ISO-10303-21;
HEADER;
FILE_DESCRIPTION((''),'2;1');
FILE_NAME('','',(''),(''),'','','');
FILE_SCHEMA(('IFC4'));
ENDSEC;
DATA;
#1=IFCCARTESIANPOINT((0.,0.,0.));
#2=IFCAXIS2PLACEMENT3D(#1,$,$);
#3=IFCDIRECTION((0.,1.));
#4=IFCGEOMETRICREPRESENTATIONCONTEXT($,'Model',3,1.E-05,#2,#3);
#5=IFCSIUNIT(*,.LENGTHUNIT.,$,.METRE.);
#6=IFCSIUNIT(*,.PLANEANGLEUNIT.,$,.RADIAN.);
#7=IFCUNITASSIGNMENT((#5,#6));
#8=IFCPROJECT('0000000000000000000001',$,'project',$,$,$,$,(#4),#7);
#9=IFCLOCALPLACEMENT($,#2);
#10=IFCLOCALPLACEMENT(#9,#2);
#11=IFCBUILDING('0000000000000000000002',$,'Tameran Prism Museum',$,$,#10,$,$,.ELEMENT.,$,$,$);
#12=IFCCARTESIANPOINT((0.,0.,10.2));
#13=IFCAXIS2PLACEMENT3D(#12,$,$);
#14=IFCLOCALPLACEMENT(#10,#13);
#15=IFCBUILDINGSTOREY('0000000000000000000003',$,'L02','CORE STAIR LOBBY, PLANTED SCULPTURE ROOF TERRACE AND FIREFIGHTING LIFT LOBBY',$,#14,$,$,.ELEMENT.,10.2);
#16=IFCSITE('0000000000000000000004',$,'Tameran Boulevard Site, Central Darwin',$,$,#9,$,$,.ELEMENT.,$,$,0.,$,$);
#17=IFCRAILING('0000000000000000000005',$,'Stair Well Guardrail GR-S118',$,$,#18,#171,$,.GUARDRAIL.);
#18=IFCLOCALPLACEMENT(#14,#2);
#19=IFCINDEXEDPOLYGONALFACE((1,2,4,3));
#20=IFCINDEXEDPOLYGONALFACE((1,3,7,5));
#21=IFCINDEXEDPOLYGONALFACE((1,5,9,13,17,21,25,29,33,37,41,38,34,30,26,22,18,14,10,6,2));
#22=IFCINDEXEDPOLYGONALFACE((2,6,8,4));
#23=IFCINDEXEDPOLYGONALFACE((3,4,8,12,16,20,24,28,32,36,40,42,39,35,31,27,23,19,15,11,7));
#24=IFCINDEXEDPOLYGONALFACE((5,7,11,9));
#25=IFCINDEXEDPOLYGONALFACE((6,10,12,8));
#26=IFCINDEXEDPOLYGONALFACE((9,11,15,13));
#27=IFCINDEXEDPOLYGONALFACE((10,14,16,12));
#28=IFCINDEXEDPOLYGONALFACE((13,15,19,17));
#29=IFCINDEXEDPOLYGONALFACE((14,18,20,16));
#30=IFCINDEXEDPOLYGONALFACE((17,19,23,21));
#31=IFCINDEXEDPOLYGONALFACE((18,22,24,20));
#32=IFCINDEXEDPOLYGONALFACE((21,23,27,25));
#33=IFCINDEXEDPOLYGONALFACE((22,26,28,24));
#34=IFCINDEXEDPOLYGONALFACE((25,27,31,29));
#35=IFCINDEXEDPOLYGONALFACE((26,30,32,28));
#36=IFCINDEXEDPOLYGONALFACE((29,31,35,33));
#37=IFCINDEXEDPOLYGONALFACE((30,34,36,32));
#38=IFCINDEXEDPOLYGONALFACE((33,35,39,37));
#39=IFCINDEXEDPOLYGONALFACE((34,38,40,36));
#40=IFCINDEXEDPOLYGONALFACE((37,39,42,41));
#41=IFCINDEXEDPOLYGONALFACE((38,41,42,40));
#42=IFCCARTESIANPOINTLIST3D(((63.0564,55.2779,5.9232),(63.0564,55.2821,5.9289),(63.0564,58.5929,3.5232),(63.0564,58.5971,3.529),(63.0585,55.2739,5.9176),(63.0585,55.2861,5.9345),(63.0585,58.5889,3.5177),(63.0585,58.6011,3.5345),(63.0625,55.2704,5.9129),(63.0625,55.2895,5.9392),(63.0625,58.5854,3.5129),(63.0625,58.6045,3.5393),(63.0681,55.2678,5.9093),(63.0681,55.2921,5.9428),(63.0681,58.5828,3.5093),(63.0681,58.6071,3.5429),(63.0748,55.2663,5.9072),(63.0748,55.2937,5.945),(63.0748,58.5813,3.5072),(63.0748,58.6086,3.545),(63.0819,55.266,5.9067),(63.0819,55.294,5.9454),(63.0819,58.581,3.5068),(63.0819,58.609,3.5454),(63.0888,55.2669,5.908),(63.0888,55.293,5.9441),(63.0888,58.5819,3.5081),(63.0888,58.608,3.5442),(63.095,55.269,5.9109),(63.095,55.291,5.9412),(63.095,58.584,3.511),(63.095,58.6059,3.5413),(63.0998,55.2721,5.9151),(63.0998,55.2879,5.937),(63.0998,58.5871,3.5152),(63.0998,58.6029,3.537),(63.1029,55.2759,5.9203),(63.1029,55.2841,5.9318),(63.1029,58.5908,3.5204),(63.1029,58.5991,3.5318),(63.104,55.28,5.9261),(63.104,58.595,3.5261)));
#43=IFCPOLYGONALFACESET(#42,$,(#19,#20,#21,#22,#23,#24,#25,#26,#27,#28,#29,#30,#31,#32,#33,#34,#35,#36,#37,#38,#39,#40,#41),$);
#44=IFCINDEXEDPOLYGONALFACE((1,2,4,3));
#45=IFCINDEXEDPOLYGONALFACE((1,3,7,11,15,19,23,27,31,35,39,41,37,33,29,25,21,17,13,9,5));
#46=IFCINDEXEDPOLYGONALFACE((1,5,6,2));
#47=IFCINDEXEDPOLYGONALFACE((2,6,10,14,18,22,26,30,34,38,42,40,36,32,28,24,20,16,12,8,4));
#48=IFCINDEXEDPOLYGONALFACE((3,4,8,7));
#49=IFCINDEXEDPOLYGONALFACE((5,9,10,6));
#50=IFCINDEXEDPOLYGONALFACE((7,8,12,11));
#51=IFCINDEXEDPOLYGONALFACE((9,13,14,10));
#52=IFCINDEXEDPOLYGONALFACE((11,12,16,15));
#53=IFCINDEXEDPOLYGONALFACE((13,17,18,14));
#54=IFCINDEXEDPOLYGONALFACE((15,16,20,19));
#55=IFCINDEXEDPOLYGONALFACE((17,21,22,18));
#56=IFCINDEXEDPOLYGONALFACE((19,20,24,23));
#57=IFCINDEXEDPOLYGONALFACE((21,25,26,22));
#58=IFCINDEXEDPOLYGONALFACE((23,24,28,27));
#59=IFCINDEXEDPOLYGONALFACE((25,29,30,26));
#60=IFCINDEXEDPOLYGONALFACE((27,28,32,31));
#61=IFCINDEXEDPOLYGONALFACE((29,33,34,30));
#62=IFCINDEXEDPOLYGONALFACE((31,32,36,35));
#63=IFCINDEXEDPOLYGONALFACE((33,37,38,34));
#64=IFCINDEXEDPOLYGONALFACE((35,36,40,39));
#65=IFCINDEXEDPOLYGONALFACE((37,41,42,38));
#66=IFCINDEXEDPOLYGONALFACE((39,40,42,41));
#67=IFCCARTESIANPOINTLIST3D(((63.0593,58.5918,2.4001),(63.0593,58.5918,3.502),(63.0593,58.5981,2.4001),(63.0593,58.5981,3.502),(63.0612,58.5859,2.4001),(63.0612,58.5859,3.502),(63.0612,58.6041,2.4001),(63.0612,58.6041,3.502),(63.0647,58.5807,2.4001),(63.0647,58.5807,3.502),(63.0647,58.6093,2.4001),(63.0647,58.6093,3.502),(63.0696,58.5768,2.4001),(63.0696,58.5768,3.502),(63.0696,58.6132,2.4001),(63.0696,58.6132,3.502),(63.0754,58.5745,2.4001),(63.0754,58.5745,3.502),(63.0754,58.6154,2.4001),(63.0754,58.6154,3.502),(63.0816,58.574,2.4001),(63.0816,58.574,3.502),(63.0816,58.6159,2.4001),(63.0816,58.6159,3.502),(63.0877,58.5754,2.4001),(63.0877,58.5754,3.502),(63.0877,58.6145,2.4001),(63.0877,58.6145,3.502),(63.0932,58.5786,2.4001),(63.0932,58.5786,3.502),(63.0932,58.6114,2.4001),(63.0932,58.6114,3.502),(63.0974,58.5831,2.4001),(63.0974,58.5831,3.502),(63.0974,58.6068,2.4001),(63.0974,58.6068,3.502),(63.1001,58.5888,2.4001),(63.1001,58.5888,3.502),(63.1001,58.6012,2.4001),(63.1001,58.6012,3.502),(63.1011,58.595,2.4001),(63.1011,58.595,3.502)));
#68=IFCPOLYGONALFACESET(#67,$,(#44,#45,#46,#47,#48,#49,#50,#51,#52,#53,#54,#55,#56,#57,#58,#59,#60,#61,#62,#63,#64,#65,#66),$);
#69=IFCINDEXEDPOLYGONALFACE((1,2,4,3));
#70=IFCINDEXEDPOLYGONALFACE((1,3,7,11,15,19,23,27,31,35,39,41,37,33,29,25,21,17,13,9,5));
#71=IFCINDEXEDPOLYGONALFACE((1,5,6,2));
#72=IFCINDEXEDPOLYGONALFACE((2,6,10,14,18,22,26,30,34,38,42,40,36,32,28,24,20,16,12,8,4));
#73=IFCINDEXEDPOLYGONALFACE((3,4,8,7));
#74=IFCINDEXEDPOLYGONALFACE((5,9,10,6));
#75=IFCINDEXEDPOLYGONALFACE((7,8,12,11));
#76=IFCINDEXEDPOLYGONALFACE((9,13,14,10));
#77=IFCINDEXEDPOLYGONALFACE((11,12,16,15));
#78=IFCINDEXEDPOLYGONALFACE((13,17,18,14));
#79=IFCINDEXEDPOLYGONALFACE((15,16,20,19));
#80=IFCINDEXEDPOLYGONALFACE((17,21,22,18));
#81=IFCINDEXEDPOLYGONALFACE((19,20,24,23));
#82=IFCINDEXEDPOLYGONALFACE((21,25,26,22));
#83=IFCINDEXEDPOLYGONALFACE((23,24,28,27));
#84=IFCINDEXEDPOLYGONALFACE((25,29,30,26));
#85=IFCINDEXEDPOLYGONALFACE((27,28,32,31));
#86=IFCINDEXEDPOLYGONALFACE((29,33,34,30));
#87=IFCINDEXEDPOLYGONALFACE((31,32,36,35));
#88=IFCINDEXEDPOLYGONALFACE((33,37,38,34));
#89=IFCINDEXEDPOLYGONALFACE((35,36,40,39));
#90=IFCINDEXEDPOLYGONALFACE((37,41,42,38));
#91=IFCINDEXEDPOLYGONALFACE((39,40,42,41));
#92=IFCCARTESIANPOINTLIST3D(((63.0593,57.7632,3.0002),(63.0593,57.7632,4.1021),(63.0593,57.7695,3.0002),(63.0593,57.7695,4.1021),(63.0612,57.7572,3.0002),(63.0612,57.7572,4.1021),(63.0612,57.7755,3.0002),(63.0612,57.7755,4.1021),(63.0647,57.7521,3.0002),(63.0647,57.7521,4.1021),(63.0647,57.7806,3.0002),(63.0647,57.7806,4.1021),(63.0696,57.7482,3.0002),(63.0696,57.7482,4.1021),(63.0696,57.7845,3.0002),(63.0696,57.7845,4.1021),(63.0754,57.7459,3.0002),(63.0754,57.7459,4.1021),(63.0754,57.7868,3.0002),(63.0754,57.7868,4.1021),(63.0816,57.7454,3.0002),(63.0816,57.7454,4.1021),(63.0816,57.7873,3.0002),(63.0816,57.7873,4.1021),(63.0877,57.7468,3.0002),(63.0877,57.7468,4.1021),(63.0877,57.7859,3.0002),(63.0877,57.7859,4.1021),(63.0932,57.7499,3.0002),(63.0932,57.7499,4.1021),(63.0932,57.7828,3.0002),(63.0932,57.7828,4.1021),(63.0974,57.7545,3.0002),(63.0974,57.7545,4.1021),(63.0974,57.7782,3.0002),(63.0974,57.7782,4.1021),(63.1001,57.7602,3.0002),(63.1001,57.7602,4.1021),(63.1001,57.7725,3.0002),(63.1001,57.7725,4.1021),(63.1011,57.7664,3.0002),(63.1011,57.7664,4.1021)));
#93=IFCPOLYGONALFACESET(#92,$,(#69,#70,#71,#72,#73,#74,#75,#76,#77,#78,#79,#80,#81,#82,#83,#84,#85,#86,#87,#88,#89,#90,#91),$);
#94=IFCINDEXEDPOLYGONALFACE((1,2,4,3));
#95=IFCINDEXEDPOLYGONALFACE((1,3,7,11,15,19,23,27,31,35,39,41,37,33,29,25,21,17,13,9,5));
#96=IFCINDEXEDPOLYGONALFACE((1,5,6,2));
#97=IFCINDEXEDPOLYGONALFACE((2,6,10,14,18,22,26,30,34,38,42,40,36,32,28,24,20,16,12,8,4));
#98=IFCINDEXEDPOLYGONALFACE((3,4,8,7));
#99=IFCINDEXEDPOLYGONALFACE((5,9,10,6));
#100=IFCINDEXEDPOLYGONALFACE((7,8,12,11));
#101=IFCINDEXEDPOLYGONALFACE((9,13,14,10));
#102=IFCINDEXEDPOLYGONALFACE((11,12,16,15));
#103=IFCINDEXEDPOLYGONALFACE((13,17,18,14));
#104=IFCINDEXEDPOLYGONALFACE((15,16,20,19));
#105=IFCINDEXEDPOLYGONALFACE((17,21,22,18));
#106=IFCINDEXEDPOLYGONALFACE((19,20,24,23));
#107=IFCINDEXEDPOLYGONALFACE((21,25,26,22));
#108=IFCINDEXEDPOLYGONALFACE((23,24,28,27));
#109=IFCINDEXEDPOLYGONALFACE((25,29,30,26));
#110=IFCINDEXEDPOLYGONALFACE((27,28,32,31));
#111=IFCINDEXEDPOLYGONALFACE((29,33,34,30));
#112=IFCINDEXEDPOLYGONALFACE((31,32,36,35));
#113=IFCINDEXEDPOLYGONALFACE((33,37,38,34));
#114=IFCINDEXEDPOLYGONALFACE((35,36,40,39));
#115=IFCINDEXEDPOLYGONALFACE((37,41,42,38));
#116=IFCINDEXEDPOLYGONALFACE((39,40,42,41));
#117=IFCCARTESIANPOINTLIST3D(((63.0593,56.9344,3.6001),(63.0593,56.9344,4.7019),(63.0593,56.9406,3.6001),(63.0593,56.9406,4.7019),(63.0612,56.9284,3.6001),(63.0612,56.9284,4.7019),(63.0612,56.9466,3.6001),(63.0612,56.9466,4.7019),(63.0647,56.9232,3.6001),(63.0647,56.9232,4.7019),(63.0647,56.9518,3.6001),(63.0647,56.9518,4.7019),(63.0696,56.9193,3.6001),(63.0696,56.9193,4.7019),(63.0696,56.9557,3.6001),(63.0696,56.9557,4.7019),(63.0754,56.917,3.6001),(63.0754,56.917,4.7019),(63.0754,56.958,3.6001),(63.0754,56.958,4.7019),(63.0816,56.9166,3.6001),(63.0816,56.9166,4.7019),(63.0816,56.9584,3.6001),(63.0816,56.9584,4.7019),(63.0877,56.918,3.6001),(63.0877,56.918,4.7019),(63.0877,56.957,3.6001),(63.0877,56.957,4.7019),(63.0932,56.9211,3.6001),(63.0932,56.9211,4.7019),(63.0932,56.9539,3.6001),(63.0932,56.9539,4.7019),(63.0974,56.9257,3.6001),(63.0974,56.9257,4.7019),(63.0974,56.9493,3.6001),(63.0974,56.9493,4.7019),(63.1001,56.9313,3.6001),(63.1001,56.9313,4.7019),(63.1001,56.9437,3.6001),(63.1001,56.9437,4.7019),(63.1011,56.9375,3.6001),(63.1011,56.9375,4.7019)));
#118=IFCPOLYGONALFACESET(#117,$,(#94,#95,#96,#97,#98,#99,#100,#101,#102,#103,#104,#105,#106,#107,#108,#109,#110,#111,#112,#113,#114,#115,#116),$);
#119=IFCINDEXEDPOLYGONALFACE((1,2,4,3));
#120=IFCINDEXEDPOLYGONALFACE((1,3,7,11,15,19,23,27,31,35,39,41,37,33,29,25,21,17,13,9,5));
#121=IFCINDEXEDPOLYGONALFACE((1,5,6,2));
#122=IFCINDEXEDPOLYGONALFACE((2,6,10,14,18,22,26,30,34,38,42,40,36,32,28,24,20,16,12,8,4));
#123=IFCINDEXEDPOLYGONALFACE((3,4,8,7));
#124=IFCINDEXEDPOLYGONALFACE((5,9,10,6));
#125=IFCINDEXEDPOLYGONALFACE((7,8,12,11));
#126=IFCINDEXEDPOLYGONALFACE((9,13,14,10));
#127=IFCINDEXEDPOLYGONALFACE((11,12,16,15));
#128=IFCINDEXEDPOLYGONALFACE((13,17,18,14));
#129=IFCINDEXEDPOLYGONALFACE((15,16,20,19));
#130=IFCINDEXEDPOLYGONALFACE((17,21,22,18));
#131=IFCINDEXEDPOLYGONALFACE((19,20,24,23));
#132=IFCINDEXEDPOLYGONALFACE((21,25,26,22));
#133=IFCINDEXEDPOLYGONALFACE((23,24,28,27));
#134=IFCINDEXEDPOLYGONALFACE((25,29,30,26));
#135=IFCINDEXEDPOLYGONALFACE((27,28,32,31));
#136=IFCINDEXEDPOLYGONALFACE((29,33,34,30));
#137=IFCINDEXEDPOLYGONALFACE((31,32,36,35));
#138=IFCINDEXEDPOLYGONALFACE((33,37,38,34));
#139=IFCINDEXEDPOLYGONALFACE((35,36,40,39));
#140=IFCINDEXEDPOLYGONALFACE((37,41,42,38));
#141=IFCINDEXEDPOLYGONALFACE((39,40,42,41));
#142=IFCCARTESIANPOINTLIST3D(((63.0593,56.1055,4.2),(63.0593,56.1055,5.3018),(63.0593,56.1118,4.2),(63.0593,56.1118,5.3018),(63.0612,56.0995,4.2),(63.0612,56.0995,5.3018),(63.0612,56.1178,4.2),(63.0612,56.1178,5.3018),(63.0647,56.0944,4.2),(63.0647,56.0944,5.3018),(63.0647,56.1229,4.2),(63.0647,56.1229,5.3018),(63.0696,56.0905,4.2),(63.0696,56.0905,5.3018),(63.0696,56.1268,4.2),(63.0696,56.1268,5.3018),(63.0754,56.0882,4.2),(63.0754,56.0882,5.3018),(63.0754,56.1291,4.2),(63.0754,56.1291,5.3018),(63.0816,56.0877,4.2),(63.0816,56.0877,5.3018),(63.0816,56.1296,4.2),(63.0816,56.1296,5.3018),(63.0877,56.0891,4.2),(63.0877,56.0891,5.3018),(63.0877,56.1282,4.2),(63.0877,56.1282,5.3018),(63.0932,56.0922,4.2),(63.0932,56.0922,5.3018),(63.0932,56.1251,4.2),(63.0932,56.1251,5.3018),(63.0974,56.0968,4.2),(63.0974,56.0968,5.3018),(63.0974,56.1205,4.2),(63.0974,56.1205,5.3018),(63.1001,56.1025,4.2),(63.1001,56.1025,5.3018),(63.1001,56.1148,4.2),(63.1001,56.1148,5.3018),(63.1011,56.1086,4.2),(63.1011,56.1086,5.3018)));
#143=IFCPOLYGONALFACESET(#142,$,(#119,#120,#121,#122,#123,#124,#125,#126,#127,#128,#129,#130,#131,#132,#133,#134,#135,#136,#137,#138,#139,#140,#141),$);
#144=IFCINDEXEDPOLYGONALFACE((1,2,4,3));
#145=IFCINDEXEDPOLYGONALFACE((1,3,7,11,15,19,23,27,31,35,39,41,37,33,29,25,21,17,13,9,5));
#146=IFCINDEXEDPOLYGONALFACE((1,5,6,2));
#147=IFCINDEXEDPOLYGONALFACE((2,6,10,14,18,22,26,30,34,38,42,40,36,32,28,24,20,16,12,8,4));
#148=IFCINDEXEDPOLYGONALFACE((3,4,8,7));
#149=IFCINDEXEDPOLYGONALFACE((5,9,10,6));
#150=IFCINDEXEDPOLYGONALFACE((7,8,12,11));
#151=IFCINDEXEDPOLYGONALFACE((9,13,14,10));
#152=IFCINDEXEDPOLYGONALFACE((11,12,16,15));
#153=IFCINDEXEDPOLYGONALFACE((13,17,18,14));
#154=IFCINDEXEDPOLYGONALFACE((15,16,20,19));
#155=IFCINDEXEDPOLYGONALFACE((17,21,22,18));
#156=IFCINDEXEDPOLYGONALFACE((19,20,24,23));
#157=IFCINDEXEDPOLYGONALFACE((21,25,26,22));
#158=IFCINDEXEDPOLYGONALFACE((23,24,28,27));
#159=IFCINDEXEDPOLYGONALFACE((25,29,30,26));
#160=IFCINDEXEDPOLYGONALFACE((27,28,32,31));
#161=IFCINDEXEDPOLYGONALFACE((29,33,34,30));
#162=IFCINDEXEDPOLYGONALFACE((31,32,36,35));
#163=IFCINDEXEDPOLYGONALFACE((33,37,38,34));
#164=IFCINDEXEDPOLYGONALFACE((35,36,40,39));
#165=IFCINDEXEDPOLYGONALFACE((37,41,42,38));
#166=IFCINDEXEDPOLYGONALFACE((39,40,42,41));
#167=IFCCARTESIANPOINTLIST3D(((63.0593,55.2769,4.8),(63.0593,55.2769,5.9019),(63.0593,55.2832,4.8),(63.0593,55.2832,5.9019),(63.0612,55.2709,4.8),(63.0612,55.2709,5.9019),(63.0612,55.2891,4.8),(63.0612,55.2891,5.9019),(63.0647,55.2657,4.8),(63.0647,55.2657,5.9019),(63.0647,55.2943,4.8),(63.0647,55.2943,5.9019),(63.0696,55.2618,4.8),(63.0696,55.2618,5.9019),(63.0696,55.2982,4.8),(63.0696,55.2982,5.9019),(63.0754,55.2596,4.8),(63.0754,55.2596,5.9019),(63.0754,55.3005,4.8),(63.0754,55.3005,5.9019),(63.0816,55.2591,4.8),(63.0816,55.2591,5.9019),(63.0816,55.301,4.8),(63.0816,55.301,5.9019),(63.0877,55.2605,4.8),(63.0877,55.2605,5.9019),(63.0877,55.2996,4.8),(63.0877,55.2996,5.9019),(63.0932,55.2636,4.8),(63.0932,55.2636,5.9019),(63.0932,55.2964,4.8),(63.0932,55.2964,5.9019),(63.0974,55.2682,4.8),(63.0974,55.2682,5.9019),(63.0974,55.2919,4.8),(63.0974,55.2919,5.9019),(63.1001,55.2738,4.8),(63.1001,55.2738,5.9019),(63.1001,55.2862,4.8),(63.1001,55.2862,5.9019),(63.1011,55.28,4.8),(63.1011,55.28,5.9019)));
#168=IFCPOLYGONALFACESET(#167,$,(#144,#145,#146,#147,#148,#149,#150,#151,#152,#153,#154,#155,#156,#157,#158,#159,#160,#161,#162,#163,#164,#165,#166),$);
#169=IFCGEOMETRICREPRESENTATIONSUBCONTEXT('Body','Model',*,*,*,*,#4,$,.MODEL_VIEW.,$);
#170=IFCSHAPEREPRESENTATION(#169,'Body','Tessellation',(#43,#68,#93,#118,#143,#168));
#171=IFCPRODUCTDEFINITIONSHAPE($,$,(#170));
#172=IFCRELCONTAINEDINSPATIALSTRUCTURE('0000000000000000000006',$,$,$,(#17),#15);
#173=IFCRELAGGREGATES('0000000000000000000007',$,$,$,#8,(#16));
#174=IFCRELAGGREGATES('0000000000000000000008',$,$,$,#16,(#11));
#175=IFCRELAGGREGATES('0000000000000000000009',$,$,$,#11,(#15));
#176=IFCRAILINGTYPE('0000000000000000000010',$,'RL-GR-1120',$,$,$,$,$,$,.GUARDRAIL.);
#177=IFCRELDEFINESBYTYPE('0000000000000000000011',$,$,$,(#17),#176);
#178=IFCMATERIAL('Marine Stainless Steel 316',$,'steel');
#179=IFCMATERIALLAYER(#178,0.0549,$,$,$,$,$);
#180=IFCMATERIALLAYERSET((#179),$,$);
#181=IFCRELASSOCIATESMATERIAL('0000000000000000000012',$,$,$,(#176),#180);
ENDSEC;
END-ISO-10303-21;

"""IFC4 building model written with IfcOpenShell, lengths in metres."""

from ifc_helpers import new_model, si_unit, direction, frame, origin, origin_2d, place, context, subcontext, project, spatial, circle, extrude, material, layer, layer_set, type_object, element, save


model = new_model("IFC4")

# Units and contexts
model_context = context("Model", 3, precision=1e-05, world=origin(), true_north=direction((0.0, 1.0)))
body_context = subcontext(model_context, "Body", "Model", "MODEL_VIEW")
ifc_project = project(units=[si_unit("LENGTHUNIT", "METRE"), si_unit("PLANEANGLEUNIT", "RADIAN")], contexts=[model_context])

# Site, building, storey
site_placement = place(None, origin())
site = spatial("IfcSite", under=ifc_project, at=site_placement, Name="Tameran Boulevard Site, Central Darwin", CompositionType="ELEMENT", RefElevation=0.0)
building_placement = place(site_placement, origin())
building = spatial("IfcBuilding", under=site, at=building_placement, Name="Tameran Prism Museum", CompositionType="ELEMENT")
storey_placement = place(building_placement, frame((0.0, 0.0, 10.2)))
storey = spatial("IfcBuildingStorey", under=building, at=storey_placement, Name="L02", Description="CORE STAIR LOBBY, PLANTED SCULPTURE ROOF TERRACE AND FIREFIGHTING LIFT LOBBY", CompositionType="ELEMENT", Elevation=10.2)

# Railing
ifc_material_1 = material(Name="Marine Stainless Steel 316", Category="steel")
ifc_layer_1 = layer(ifc_material_1, 0.0549)
ifc_layer_set_1 = layer_set([ifc_layer_1])
railing_type_1 = type_object("IfcRailingType", Name="RL-GR-1120", PredefinedType="GUARDRAIL", material=ifc_layer_set_1)
railing_1_placement = place(storey_placement, frame((63.0801, 58.595, 2.4001)))
element("IfcRailing", 1, at=railing_1_placement, inside=storey, type_object=railing_type_1, Name="Stair Well Guardrail GR-S118", PredefinedType="GUARDRAIL", context=body_context, shape_type="SweptSolid", body=[
    extrude(circle(Radius=0.0239, at=origin_2d()), frame((0.0, 0.0, 1.126), z_axis=(0.0, -0.810009, 0.586418), x_axis=(1.0, 0.0, 0.0)), (0.0, 0.0, 1.0), 4.0925),
    extrude(circle(Radius=0.021, at=origin_2d()), origin(), (0.0, 0.0, 1.0), 1.1018),
    extrude(circle(Radius=0.021, at=origin_2d()), frame((0.0, -0.8286, 0.6001)), (0.0, 0.0, 1.0), 1.1018),
    extrude(circle(Radius=0.021, at=origin_2d()), frame((0.0, -1.6575, 1.2)), (0.0, 0.0, 1.0), 1.1018),
    extrude(circle(Radius=0.021, at=origin_2d()), frame((0.0, -2.4863, 1.7998)), (0.0, 0.0, 1.0), 1.1018),
    extrude(circle(Radius=0.021, at=origin_2d()), frame((0.0, -3.3149, 2.3999)), (0.0, 0.0, 1.0), 1.1018),
])

save(model, "model.ifc")
